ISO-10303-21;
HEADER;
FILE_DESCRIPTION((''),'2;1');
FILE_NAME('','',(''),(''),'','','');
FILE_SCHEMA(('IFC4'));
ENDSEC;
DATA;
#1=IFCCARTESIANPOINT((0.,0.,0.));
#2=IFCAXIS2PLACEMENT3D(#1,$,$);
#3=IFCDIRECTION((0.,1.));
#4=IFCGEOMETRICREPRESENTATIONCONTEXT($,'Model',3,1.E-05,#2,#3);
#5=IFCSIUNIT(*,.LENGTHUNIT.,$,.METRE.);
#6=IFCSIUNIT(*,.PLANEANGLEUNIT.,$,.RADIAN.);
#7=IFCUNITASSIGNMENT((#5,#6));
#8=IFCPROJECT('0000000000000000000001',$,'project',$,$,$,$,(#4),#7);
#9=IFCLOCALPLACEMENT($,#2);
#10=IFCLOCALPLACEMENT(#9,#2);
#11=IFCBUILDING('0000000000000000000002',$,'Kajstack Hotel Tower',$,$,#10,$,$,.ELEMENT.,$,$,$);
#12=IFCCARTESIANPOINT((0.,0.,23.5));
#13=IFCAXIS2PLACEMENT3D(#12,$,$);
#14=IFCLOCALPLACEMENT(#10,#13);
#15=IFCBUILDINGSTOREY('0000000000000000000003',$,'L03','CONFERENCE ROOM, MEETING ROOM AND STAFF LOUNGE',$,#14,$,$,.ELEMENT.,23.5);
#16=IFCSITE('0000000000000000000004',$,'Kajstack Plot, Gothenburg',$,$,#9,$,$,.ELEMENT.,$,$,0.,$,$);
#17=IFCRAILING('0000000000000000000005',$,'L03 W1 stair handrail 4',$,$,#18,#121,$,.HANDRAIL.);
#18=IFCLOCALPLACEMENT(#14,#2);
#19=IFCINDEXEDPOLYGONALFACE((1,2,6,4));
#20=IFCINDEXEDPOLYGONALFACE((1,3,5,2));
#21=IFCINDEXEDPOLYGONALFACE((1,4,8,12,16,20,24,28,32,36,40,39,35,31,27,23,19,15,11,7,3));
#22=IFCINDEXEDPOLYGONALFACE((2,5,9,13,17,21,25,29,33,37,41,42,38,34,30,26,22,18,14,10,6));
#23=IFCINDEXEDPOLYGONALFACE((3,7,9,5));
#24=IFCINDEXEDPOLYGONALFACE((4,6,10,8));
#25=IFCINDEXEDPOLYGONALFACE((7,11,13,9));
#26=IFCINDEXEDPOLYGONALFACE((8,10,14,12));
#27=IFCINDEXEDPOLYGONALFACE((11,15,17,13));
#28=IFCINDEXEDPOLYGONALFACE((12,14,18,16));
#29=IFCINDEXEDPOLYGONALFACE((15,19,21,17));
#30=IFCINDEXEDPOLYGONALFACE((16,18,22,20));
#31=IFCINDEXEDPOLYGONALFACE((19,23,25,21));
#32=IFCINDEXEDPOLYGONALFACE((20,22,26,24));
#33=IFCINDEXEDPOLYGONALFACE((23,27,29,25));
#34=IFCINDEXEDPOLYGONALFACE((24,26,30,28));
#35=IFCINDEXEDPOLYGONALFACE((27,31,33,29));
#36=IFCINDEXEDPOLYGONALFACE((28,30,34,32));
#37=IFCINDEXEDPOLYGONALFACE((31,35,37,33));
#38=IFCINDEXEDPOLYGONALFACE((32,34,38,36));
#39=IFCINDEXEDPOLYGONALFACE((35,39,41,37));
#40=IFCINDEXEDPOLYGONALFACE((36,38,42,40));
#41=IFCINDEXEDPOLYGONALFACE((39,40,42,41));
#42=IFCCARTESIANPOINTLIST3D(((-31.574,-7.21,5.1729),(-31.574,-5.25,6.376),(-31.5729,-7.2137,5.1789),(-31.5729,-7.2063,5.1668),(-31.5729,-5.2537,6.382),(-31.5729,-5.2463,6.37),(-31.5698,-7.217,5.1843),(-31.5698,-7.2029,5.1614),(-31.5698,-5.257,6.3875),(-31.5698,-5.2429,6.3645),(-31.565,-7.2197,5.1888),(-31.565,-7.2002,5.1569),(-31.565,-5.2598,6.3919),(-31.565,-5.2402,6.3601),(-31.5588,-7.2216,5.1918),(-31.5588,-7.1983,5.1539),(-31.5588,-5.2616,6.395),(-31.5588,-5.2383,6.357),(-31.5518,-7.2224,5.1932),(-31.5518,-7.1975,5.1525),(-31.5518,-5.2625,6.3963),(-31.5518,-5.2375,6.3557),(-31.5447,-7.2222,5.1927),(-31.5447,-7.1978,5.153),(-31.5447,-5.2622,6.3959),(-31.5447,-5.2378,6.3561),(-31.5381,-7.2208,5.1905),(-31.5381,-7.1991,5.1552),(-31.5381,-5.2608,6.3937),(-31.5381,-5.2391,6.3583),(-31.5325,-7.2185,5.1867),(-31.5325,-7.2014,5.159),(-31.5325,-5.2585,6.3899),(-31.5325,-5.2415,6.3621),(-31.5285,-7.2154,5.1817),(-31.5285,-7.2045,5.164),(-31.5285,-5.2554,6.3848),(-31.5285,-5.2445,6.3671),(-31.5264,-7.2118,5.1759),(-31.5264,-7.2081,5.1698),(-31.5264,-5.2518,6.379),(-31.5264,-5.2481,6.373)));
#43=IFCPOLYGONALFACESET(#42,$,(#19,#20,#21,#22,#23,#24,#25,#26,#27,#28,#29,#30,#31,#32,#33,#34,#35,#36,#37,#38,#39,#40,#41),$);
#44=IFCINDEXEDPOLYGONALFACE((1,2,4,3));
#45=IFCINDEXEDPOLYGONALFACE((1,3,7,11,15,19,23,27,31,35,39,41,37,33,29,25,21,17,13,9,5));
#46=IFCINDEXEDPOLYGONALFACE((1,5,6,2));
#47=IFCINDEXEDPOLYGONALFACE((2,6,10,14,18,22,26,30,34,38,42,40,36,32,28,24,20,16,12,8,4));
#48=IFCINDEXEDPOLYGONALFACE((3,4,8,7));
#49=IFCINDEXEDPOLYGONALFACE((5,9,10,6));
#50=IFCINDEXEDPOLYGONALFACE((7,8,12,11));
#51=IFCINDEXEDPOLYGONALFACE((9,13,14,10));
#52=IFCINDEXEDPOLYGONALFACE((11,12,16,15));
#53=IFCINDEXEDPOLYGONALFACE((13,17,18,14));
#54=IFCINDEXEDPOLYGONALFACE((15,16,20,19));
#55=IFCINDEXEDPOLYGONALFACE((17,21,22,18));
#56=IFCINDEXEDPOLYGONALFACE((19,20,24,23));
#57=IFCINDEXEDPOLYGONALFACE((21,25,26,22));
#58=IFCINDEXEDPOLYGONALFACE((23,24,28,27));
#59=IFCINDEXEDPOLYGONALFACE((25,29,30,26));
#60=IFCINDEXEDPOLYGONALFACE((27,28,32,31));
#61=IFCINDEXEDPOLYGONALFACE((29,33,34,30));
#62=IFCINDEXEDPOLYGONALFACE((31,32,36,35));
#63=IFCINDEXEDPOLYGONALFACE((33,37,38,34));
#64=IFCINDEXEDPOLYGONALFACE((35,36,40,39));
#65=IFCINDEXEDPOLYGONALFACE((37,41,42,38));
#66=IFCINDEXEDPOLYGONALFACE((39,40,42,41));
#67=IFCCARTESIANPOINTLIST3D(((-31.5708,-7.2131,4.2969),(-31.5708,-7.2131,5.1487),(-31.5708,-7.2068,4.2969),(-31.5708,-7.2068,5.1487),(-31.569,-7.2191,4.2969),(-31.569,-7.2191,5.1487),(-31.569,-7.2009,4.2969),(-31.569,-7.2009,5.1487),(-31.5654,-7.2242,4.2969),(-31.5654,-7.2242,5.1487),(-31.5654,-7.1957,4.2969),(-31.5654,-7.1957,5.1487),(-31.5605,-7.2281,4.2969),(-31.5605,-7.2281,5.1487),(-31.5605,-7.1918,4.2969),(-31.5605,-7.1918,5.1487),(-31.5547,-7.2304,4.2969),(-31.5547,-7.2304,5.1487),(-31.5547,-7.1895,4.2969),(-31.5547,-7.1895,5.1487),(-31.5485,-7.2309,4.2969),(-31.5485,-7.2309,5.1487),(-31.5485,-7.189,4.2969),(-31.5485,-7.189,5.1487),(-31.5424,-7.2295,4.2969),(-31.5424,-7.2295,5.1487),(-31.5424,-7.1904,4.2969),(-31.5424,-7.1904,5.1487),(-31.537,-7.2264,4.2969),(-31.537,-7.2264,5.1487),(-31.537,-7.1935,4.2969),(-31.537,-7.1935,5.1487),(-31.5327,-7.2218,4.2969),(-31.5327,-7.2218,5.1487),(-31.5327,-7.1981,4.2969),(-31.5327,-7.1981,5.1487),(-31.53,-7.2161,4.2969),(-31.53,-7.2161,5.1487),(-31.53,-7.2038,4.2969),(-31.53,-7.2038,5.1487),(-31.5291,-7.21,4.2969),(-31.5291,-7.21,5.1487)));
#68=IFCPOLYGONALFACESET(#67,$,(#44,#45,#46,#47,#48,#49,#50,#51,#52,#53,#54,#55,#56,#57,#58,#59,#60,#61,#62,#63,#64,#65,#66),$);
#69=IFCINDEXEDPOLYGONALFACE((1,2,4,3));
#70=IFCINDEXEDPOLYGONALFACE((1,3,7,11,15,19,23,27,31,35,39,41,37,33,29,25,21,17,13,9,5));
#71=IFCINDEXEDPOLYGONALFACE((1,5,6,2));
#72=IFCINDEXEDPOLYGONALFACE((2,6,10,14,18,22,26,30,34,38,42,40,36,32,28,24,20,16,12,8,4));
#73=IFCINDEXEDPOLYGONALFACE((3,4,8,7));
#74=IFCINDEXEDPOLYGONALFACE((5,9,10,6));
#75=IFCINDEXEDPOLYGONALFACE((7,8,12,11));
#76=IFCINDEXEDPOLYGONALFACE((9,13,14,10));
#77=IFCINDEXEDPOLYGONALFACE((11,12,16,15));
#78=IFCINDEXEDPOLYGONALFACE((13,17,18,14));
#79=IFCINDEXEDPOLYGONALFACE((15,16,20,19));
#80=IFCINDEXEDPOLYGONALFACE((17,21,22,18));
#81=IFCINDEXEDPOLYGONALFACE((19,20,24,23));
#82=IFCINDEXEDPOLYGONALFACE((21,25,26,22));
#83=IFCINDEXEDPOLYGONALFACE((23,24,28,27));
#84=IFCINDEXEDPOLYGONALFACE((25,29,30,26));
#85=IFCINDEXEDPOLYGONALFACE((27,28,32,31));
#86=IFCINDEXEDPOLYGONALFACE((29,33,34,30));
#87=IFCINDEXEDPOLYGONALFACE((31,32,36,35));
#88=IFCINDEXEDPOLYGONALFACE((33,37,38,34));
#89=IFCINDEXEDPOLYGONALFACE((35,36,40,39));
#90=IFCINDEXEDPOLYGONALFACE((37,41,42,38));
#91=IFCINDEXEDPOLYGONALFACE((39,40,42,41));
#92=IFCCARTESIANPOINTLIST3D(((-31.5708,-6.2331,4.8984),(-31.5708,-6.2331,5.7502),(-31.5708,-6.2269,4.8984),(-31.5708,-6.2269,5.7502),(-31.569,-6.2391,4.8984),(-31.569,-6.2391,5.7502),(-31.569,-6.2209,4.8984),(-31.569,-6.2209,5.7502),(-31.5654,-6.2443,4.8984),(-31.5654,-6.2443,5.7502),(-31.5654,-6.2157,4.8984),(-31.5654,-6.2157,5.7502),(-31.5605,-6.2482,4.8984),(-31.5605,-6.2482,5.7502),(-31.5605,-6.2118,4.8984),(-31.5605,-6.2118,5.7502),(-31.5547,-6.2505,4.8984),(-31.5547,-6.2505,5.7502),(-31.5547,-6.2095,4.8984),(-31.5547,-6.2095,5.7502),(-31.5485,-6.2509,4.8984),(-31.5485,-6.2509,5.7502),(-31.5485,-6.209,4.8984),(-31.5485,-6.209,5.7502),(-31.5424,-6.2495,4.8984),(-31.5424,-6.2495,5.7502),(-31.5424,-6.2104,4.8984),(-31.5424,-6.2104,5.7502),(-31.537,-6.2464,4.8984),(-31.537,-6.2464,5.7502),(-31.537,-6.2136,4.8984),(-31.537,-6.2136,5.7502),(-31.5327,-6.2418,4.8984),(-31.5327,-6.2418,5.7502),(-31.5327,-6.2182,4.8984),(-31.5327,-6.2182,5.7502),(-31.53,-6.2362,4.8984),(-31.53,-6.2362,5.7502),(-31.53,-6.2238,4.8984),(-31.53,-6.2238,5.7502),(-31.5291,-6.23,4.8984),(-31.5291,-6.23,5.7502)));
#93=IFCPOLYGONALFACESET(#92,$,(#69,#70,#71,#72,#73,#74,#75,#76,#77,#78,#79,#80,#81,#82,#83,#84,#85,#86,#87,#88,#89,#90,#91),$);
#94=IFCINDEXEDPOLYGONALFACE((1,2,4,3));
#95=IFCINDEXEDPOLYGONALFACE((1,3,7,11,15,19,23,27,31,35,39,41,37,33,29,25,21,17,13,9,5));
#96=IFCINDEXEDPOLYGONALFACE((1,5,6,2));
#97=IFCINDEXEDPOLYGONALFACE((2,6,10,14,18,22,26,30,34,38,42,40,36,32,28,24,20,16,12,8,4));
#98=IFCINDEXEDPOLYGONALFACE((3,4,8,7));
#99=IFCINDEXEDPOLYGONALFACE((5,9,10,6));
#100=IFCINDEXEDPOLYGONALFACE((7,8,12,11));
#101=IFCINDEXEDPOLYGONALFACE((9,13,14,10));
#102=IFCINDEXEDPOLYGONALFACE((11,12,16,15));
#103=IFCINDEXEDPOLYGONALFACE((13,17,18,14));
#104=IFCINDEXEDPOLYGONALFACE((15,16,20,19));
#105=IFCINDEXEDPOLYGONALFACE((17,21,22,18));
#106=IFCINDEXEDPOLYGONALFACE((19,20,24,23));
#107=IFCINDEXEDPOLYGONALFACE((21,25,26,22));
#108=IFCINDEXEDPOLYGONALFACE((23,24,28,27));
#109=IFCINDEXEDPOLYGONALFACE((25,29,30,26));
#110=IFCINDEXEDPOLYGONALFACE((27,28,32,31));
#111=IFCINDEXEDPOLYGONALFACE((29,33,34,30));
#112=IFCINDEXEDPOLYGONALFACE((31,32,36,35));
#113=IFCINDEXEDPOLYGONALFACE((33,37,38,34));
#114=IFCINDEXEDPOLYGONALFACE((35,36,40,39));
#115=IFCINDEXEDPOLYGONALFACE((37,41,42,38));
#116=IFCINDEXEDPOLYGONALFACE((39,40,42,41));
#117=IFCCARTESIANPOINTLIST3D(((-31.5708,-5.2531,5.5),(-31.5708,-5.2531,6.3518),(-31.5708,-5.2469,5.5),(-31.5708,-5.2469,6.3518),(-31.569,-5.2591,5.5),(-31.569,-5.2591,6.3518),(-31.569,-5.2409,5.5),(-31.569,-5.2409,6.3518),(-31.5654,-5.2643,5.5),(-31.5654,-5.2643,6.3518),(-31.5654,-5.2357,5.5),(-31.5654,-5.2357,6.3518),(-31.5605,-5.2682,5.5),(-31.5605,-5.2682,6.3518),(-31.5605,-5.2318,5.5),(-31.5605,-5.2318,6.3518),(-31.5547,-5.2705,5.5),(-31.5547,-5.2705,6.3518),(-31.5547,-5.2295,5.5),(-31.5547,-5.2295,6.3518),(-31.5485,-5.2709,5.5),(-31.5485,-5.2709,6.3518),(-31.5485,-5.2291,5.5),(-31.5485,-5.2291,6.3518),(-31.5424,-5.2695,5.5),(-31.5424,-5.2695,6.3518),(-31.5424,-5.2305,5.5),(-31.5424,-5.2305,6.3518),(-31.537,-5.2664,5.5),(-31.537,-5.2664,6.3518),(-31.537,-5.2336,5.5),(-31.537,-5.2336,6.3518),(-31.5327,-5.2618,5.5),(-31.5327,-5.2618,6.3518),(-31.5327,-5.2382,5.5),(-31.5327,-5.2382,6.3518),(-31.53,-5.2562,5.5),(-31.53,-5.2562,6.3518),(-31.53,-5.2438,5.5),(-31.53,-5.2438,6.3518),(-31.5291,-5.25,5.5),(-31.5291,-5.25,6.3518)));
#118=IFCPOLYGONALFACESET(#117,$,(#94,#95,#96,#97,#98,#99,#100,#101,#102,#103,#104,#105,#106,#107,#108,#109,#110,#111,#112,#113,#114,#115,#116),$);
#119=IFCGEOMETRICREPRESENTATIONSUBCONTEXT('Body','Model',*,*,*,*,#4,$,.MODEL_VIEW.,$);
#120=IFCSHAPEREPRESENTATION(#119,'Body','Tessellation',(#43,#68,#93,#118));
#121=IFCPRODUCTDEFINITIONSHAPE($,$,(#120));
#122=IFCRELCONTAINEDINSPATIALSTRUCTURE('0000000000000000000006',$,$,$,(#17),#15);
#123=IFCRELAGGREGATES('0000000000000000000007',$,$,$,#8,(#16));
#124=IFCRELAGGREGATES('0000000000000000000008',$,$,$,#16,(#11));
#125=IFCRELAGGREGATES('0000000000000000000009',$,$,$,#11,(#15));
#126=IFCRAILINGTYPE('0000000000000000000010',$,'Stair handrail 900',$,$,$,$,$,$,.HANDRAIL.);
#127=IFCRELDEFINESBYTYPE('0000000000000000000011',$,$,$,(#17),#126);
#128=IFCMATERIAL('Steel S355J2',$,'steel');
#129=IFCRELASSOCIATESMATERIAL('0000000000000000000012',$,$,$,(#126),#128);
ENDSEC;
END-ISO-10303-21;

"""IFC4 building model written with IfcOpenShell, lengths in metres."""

from ifc_helpers import new_model, si_unit, direction, frame, origin, origin_2d, place, context, subcontext, project, spatial, circle, extrude, material, type_object, element, save


model = new_model("IFC4")

# Units and contexts
model_context = context("Model", 3, precision=1e-05, world=origin(), true_north=direction((0.0, 1.0)))
body_context = subcontext(model_context, "Body", "Model", "MODEL_VIEW")
ifc_project = project(units=[si_unit("LENGTHUNIT", "METRE"), si_unit("PLANEANGLEUNIT", "RADIAN")], contexts=[model_context])

# Site, building, storey
site_placement = place(None, origin())
site = spatial("IfcSite", under=ifc_project, at=site_placement, Name="Kajstack Plot, Gothenburg", CompositionType="ELEMENT", RefElevation=0.0)
building_placement = place(site_placement, origin())
building = spatial("IfcBuilding", under=site, at=building_placement, Name="Kajstack Hotel Tower", CompositionType="ELEMENT")
storey_placement = place(building_placement, frame((0.0, 0.0, 23.5)))
storey = spatial("IfcBuildingStorey", under=building, at=storey_placement, Name="L03", Description="CONFERENCE ROOM, MEETING ROOM AND STAFF LOUNGE", CompositionType="ELEMENT", Elevation=23.5)

# Railing
ifc_material_1 = material(Name="Steel S355J2", Category="steel")
railing_type_1 = type_object("IfcRailingType", Name="Stair handrail 900", PredefinedType="HANDRAIL", material=ifc_material_1)
railing_1_placement = place(storey_placement, frame((-31.55, -7.21, 4.2969)))
element("IfcRailing", 1, at=railing_1_placement, inside=storey, type_object=railing_type_1, Name="L03 W1 stair handrail 4", PredefinedType="HANDRAIL", context=body_context, shape_type="SweptSolid", body=[
    extrude(circle(Radius=0.0239, at=origin_2d()), frame((0.0, 0.0, 0.876), z_axis=(0.0, 0.852241, 0.523149), x_axis=(-1.0, 0.0, 0.0)), (0.0, 0.0, 1.0), 2.2998),
    extrude(circle(Radius=0.021, at=origin_2d()), origin(), (0.0, 0.0, 1.0), 0.8518),
    extrude(circle(Radius=0.021, at=origin_2d()), frame((0.0, 0.98, 0.6016)), (0.0, 0.0, 1.0), 0.8518),
    extrude(circle(Radius=0.021, at=origin_2d()), frame((0.0, 1.96, 1.2031)), (0.0, 0.0, 1.0), 0.8518),
])

save(model, "model.ifc")
